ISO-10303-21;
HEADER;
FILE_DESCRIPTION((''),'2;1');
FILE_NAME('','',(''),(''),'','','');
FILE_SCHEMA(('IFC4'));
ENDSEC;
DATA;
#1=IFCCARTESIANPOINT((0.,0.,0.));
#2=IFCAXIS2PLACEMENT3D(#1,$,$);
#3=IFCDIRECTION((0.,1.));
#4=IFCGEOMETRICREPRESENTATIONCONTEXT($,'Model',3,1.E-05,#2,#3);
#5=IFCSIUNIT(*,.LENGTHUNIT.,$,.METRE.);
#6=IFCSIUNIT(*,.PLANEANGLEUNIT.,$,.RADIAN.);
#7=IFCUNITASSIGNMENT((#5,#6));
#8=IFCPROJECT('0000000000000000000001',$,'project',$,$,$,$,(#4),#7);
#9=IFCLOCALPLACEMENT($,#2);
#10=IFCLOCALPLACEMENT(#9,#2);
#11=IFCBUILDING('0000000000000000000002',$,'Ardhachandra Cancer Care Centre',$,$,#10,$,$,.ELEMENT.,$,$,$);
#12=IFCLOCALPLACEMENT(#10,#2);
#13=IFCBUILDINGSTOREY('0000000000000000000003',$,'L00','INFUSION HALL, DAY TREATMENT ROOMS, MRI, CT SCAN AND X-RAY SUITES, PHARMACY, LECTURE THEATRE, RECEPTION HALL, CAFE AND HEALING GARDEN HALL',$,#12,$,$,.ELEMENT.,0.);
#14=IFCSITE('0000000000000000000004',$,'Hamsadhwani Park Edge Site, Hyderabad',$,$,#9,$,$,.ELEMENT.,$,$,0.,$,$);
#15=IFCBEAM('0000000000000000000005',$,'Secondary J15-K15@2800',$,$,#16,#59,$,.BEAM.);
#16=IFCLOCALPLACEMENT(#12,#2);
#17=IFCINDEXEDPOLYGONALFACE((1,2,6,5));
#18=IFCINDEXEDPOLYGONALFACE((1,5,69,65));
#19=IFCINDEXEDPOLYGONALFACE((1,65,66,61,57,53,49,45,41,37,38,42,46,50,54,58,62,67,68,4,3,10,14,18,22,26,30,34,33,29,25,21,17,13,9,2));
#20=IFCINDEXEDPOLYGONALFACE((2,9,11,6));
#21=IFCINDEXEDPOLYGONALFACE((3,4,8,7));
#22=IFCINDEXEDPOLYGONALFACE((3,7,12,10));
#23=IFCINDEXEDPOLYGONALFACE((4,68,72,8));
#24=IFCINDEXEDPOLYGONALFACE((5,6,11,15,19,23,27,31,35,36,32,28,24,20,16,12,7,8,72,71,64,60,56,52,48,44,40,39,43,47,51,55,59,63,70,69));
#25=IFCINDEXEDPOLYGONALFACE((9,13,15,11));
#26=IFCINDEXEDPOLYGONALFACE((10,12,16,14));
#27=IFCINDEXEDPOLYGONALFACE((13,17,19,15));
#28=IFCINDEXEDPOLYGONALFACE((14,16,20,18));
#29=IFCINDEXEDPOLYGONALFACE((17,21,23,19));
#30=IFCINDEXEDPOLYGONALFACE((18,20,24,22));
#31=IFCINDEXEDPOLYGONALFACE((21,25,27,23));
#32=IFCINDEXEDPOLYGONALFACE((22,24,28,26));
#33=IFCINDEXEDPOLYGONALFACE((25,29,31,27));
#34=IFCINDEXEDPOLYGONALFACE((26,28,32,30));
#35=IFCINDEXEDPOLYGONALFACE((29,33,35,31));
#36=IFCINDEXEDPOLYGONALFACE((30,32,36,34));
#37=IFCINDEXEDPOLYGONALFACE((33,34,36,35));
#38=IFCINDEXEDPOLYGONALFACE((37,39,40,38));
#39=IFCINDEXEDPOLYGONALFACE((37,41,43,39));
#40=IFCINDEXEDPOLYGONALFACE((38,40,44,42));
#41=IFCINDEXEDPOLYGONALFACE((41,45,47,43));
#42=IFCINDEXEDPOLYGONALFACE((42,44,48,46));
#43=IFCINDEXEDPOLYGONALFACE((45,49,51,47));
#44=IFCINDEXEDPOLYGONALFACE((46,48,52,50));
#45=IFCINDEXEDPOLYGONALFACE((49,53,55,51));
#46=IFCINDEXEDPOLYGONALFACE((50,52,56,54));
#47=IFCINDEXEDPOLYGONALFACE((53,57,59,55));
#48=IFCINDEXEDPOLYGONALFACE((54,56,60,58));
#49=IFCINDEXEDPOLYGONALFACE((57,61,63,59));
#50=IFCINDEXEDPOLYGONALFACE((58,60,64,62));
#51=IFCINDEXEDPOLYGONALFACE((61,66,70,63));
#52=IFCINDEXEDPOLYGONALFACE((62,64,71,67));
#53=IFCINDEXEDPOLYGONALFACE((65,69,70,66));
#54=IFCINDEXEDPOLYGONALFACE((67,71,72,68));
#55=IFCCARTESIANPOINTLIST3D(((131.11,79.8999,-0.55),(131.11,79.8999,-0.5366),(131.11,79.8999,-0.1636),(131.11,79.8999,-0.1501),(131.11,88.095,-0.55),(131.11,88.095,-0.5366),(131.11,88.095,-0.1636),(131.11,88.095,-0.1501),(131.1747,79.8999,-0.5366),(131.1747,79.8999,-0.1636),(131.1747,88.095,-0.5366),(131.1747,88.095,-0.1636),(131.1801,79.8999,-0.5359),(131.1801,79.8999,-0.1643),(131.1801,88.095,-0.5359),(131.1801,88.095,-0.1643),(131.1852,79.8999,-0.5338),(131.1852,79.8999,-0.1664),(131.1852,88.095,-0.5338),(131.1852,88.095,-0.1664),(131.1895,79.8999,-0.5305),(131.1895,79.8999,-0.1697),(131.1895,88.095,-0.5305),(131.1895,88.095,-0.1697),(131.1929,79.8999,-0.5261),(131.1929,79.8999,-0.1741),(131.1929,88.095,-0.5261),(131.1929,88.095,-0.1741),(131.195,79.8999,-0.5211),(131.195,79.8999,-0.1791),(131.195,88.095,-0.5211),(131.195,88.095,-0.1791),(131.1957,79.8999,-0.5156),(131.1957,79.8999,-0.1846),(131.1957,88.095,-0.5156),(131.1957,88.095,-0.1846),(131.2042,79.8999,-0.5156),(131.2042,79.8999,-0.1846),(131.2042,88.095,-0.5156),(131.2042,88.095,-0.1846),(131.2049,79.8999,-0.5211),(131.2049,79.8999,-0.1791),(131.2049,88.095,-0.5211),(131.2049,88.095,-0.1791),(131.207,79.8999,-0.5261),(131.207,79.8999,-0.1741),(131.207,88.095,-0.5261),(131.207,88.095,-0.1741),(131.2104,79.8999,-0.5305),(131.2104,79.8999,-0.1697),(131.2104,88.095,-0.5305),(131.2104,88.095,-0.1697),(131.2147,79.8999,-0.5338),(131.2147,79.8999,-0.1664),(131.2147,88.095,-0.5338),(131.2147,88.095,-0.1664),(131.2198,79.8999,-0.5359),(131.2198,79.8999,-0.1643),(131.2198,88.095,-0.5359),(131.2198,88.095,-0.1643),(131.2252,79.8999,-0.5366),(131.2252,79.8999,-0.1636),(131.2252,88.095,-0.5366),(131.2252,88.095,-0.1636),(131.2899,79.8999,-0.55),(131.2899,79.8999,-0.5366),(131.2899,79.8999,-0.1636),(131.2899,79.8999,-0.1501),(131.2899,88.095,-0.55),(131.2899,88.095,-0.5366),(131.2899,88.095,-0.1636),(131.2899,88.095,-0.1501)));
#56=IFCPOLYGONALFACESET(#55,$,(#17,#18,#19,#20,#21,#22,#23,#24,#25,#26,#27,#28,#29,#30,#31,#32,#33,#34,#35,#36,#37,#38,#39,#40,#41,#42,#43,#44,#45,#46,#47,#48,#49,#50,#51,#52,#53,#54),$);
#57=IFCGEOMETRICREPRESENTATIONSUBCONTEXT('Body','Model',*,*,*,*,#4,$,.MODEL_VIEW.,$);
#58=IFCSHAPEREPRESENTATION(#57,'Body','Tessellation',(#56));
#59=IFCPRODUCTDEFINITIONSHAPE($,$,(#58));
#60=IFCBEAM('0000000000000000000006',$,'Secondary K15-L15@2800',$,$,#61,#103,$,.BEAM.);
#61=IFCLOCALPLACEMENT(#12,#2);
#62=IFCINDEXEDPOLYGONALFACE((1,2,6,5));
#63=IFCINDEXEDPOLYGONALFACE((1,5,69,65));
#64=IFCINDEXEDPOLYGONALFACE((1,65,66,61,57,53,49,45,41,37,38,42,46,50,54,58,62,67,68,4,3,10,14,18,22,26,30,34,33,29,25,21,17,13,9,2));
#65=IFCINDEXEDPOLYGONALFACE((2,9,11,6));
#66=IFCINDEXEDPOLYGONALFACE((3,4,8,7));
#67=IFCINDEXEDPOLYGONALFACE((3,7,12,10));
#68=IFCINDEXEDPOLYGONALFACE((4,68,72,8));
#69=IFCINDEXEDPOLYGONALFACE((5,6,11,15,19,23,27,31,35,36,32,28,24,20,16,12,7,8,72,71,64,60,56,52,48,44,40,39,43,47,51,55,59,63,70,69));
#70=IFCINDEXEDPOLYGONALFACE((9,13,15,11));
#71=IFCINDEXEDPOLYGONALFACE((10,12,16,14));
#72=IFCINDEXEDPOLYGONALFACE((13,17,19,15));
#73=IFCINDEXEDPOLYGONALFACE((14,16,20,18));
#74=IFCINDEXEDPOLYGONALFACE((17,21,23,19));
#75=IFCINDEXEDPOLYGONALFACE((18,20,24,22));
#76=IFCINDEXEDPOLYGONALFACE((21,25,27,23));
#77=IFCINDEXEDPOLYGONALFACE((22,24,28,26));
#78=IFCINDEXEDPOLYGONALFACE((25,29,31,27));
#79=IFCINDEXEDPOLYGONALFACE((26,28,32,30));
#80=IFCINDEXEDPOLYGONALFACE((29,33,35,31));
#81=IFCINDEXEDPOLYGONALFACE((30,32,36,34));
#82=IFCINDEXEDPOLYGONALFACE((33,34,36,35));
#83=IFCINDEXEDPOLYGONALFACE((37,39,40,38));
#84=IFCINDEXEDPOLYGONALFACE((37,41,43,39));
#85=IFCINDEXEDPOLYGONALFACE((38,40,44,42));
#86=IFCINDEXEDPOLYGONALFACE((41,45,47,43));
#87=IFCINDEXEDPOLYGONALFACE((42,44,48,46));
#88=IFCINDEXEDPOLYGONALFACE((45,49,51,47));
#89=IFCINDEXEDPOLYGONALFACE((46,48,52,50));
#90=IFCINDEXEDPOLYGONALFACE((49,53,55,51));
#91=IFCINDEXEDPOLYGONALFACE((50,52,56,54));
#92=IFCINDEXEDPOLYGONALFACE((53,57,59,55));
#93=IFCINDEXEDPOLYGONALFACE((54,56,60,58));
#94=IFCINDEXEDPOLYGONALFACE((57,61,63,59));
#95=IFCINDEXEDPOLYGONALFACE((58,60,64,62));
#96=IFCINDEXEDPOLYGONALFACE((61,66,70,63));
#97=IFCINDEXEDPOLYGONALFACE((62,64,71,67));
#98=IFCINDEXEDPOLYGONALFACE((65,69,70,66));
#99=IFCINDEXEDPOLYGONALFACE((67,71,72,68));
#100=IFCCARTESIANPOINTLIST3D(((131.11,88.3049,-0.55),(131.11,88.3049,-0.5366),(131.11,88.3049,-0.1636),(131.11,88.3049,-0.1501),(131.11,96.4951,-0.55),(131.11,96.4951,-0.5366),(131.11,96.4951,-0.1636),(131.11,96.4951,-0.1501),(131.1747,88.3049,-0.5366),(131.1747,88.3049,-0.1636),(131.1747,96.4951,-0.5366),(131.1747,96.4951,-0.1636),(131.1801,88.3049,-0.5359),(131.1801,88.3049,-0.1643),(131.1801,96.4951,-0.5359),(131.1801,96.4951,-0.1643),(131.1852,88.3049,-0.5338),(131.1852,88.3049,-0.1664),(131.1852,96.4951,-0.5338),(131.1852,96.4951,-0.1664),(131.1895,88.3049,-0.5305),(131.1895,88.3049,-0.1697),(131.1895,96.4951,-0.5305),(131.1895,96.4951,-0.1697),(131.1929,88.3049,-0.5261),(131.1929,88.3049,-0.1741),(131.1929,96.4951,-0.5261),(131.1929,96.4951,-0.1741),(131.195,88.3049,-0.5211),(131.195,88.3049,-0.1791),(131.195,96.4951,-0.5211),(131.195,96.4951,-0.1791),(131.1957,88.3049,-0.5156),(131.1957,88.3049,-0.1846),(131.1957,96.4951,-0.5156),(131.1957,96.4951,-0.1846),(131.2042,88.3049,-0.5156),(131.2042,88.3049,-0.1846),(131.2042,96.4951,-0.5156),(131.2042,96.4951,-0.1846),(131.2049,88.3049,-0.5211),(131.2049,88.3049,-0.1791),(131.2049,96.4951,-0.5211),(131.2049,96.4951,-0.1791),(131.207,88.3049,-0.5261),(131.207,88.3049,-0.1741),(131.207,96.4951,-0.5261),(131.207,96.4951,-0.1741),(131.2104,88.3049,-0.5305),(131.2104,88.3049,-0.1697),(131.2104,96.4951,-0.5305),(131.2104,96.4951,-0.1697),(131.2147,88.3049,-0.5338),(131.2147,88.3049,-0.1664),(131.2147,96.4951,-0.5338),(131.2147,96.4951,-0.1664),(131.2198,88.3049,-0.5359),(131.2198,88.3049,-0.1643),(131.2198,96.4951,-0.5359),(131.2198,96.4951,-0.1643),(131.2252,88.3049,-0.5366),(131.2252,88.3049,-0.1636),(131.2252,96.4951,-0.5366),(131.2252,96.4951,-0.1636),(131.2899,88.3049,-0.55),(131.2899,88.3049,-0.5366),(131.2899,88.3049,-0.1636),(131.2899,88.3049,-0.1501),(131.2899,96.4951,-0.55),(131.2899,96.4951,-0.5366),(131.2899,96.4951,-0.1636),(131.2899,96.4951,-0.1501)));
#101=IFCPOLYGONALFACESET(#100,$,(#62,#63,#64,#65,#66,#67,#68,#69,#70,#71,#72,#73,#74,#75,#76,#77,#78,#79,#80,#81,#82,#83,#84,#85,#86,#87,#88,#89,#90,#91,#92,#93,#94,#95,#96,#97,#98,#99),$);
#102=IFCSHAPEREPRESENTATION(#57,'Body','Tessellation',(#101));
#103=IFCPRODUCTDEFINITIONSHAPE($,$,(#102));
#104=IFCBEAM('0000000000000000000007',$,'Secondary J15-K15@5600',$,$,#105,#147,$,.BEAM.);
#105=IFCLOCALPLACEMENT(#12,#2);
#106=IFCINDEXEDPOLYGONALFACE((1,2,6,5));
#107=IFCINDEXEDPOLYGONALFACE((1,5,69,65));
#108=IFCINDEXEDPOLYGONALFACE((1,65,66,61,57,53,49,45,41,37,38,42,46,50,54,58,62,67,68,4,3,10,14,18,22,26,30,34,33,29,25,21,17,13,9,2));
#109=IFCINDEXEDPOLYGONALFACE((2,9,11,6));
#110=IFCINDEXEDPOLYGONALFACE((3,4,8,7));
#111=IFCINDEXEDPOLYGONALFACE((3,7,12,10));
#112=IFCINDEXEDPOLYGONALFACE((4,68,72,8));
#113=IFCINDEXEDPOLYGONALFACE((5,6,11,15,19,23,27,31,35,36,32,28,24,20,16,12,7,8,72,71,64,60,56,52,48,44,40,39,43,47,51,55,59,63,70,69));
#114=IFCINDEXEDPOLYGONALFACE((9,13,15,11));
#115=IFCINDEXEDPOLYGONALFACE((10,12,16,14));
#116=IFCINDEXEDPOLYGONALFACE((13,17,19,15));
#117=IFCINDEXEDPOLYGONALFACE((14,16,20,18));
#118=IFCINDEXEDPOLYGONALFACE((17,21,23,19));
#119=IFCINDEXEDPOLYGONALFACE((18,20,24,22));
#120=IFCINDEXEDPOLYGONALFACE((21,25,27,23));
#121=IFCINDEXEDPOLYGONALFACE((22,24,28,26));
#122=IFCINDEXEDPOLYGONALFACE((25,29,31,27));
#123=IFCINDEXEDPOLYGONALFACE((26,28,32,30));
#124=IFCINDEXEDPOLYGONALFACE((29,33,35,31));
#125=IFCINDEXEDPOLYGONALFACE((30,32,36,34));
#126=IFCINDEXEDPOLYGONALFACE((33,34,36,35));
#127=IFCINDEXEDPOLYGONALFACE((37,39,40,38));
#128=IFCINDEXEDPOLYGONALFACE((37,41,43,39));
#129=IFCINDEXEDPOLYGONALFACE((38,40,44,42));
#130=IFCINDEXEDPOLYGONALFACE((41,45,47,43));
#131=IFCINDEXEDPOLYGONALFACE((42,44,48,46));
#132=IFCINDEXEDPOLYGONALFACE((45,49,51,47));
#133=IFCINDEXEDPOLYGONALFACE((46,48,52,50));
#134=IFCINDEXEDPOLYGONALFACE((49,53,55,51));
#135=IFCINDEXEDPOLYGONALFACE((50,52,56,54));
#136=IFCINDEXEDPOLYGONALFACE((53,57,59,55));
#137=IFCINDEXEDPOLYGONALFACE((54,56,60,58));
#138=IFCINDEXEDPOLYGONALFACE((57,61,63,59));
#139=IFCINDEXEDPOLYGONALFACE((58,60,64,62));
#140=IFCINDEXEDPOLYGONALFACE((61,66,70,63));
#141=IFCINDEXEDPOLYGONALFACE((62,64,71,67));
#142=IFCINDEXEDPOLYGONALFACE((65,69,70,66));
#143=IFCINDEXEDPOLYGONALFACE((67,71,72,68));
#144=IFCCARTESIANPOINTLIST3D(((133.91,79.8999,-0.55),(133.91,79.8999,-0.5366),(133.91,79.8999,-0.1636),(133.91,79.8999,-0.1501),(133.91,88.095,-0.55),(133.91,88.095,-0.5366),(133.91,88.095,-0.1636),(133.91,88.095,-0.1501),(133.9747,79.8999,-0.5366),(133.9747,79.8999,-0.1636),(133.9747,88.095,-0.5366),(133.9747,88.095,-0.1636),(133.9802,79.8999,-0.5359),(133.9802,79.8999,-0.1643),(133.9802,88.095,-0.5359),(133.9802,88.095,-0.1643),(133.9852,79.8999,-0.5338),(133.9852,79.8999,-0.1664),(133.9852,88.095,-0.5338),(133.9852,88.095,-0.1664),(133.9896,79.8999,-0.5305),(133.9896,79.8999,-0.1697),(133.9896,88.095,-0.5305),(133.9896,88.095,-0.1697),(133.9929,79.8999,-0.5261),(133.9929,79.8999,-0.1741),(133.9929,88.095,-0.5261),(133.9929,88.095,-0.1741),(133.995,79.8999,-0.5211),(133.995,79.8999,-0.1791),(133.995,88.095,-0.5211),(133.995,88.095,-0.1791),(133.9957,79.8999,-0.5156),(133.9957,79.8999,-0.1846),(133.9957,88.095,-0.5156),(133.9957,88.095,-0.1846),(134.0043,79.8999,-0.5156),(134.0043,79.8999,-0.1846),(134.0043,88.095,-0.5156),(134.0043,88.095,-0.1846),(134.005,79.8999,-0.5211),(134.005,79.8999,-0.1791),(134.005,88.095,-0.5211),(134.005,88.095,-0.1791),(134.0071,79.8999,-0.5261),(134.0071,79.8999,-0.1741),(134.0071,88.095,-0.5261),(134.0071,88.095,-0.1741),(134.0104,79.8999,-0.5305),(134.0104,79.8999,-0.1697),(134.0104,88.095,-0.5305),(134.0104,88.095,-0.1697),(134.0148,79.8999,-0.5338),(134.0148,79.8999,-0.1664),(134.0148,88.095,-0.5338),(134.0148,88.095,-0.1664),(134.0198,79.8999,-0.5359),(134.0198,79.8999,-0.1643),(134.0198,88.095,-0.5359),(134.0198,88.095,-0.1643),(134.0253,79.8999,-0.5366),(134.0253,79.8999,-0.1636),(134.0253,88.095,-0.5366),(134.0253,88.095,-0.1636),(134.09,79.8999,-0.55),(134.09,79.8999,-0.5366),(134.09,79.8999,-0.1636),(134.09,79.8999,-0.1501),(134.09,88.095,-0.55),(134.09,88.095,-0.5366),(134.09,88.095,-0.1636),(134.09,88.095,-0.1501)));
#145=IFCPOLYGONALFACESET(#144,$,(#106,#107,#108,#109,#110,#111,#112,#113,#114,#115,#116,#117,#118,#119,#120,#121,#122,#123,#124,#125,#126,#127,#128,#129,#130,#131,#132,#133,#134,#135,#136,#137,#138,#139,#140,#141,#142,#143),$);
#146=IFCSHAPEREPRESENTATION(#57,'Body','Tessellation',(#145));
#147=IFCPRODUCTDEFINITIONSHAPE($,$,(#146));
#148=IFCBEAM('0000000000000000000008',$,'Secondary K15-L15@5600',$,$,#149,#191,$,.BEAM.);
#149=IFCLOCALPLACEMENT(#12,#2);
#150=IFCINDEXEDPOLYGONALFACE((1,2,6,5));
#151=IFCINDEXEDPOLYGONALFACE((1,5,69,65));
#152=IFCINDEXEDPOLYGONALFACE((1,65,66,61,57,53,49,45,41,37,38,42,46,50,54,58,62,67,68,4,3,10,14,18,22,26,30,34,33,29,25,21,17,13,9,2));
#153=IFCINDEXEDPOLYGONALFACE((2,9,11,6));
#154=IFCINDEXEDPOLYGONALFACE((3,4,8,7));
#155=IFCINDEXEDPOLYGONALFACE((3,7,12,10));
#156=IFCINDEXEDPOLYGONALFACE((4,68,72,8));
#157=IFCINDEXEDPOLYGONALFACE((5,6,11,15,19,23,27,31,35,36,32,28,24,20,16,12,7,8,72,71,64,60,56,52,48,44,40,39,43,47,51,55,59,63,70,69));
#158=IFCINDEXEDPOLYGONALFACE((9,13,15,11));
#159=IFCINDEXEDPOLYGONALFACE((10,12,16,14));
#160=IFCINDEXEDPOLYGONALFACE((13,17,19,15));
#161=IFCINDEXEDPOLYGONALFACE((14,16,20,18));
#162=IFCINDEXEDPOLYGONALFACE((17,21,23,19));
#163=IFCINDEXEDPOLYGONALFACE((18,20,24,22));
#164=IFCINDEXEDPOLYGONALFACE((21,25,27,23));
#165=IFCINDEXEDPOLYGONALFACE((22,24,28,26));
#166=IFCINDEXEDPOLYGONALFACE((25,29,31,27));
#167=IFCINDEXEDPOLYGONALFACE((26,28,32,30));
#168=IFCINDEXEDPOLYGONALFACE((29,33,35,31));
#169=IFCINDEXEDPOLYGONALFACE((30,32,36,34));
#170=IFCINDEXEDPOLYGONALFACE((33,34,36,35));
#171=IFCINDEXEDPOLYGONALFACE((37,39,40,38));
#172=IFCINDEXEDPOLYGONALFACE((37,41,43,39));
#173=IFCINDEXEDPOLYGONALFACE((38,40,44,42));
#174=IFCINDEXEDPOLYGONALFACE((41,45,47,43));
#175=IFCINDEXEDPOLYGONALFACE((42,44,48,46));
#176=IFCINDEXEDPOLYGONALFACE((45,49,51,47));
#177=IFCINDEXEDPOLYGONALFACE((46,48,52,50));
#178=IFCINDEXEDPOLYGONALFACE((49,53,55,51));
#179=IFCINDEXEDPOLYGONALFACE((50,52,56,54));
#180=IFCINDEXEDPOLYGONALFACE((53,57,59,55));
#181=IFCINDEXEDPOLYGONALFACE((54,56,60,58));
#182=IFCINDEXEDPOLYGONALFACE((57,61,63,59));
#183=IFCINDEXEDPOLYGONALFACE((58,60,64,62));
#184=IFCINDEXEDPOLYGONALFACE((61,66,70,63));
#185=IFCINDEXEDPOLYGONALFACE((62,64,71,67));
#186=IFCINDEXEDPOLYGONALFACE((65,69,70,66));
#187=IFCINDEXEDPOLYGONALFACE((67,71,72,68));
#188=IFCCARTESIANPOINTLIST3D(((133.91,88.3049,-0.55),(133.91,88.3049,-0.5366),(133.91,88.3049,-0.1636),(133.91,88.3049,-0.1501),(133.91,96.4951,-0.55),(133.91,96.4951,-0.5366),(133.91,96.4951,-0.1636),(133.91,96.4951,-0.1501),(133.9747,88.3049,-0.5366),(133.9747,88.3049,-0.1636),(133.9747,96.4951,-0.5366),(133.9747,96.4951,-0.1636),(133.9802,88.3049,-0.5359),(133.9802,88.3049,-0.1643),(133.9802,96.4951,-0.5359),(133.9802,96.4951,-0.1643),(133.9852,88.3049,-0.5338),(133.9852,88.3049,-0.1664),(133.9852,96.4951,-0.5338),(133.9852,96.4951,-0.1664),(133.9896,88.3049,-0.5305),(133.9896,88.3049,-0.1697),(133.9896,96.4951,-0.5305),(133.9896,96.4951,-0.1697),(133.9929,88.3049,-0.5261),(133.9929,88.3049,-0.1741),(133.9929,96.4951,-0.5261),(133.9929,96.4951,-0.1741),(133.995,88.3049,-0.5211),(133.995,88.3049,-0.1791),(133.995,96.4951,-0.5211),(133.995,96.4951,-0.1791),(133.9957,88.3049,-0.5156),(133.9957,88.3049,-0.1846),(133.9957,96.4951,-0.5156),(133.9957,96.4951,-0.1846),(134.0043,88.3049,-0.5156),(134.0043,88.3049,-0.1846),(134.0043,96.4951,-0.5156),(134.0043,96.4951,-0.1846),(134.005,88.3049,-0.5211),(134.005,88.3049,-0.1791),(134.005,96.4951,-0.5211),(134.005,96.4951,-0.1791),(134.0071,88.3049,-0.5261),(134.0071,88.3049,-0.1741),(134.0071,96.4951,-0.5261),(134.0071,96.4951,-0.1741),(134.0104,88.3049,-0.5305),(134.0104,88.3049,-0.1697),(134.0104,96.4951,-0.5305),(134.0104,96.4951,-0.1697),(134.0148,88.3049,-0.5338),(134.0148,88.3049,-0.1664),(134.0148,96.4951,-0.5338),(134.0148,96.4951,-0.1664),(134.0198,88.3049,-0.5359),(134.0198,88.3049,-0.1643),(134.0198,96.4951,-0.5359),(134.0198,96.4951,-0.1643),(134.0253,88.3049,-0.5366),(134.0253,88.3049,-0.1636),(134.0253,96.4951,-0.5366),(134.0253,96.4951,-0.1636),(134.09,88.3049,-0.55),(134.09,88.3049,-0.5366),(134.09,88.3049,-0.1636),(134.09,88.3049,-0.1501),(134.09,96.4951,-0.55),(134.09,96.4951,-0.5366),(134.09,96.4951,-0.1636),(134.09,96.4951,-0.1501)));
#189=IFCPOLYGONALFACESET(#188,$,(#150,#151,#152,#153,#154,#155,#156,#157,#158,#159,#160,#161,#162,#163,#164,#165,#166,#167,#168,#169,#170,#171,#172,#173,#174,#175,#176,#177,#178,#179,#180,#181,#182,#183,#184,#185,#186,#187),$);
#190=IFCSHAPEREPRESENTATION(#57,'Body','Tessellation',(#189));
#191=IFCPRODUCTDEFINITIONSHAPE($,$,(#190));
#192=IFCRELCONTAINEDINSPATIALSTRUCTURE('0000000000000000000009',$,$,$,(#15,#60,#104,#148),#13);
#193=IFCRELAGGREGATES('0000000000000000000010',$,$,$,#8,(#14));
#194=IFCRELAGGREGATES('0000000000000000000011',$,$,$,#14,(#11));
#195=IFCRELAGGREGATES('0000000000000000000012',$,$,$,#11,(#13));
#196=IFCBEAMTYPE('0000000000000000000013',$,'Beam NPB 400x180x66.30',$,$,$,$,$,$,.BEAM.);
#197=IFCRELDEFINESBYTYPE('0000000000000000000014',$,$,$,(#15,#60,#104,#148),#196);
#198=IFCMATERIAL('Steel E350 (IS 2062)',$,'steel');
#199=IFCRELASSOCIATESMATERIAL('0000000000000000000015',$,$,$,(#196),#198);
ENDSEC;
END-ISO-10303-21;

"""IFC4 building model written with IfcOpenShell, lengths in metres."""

from ifc_helpers import new_model, si_unit, direction, frame, origin, origin_2d, place, context, subcontext, project, spatial, i_section, extrude, material, material_profile, profile_set, type_object, element, save


model = new_model("IFC4")

# Units and contexts
model_context = context("Model", 3, precision=1e-05, world=origin(), true_north=direction((0.0, 1.0)))
body_context = subcontext(model_context, "Body", "Model", "MODEL_VIEW")
ifc_project = project(units=[si_unit("LENGTHUNIT", "METRE"), si_unit("PLANEANGLEUNIT", "RADIAN")], contexts=[model_context])

# Site, building, storey
site_placement = place(None, origin())
site = spatial("IfcSite", under=ifc_project, at=site_placement, Name="Hamsadhwani Park Edge Site, Hyderabad", CompositionType="ELEMENT", RefElevation=0.0)
building_placement = place(site_placement, origin())
building = spatial("IfcBuilding", under=site, at=building_placement, Name="Ardhachandra Cancer Care Centre", CompositionType="ELEMENT")
storey_placement = place(building_placement, origin())
storey = spatial("IfcBuildingStorey", under=building, at=storey_placement, Name="L00", Description="INFUSION HALL, DAY TREATMENT ROOMS, MRI, CT SCAN AND X-RAY SUITES, PHARMACY, LECTURE THEATRE, RECEPTION HALL, CAFE AND HEALING GARDEN HALL", CompositionType="ELEMENT", Elevation=0.0)

# Beams
ifc_material_1 = material(Name="Steel E350 (IS 2062)", Category="steel")
ifc_material_profile_1 = material_profile(ifc_material_1, i_section(OverallWidth=0.1799, OverallDepth=0.3999, WebThickness=0.0085, FlangeThickness=0.0134, FilletRadius=0.021, at=origin_2d()), Name="NPB 400x180x66.30")
ifc_profile_set_1 = profile_set([ifc_material_profile_1], Name="Steel E350 (IS 2062)")
beam_type_1 = type_object("IfcBeamType", Name="Beam NPB 400x180x66.30", PredefinedType="BEAM", material=ifc_profile_set_1)
beam_1_placement = place(storey_placement, frame((131.2, 79.8999, -0.3501), z_axis=(0.0, 1.0, 0.0), x_axis=(-1.0, 0.0, 0.0)))
element("IfcBeam", 1, at=beam_1_placement, inside=storey, type_object=beam_type_1, Name="Secondary J15-K15@2800", PredefinedType="BEAM", context=body_context, shape_type="SweptSolid", body=[
    extrude(i_section(OverallWidth=0.1799, OverallDepth=0.3999, WebThickness=0.0085, FlangeThickness=0.0134, FilletRadius=0.021, at=origin_2d()), origin(), (0.0, 0.0, 1.0), 8.1951),
])
beam_2_placement = place(storey_placement, frame((131.2, 88.3049, -0.3501), z_axis=(0.0, 1.0, 0.0), x_axis=(-1.0, 0.0, 0.0)))
element("IfcBeam", 2, at=beam_2_placement, inside=storey, type_object=beam_type_1, Name="Secondary K15-L15@2800", PredefinedType="BEAM", context=body_context, shape_type="SweptSolid", body=[
    extrude(i_section(OverallWidth=0.1799, OverallDepth=0.3999, WebThickness=0.0085, FlangeThickness=0.0134, FilletRadius=0.021, at=origin_2d()), origin(), (0.0, 0.0, 1.0), 8.1902),
])
beam_3_placement = place(storey_placement, frame((134.0, 79.8999, -0.3501), z_axis=(0.0, 1.0, 0.0), x_axis=(-1.0, 0.0, 0.0)))
element("IfcBeam", 3, at=beam_3_placement, inside=storey, type_object=beam_type_1, Name="Secondary J15-K15@5600", PredefinedType="BEAM", context=body_context, shape_type="SweptSolid", body=[
    extrude(i_section(OverallWidth=0.1799, OverallDepth=0.3999, WebThickness=0.0085, FlangeThickness=0.0134, FilletRadius=0.021, at=origin_2d()), origin(), (0.0, 0.0, 1.0), 8.1951),
])
beam_4_placement = place(storey_placement, frame((134.0, 88.3049, -0.3501), z_axis=(0.0, 1.0, 0.0), x_axis=(-1.0, 0.0, 0.0)))
element("IfcBeam", 4, at=beam_4_placement, inside=storey, type_object=beam_type_1, Name="Secondary K15-L15@5600", PredefinedType="BEAM", context=body_context, shape_type="SweptSolid", body=[
    extrude(i_section(OverallWidth=0.1799, OverallDepth=0.3999, WebThickness=0.0085, FlangeThickness=0.0134, FilletRadius=0.021, at=origin_2d()), origin(), (0.0, 0.0, 1.0), 8.1902),
])

save(model, "model.ifc")
